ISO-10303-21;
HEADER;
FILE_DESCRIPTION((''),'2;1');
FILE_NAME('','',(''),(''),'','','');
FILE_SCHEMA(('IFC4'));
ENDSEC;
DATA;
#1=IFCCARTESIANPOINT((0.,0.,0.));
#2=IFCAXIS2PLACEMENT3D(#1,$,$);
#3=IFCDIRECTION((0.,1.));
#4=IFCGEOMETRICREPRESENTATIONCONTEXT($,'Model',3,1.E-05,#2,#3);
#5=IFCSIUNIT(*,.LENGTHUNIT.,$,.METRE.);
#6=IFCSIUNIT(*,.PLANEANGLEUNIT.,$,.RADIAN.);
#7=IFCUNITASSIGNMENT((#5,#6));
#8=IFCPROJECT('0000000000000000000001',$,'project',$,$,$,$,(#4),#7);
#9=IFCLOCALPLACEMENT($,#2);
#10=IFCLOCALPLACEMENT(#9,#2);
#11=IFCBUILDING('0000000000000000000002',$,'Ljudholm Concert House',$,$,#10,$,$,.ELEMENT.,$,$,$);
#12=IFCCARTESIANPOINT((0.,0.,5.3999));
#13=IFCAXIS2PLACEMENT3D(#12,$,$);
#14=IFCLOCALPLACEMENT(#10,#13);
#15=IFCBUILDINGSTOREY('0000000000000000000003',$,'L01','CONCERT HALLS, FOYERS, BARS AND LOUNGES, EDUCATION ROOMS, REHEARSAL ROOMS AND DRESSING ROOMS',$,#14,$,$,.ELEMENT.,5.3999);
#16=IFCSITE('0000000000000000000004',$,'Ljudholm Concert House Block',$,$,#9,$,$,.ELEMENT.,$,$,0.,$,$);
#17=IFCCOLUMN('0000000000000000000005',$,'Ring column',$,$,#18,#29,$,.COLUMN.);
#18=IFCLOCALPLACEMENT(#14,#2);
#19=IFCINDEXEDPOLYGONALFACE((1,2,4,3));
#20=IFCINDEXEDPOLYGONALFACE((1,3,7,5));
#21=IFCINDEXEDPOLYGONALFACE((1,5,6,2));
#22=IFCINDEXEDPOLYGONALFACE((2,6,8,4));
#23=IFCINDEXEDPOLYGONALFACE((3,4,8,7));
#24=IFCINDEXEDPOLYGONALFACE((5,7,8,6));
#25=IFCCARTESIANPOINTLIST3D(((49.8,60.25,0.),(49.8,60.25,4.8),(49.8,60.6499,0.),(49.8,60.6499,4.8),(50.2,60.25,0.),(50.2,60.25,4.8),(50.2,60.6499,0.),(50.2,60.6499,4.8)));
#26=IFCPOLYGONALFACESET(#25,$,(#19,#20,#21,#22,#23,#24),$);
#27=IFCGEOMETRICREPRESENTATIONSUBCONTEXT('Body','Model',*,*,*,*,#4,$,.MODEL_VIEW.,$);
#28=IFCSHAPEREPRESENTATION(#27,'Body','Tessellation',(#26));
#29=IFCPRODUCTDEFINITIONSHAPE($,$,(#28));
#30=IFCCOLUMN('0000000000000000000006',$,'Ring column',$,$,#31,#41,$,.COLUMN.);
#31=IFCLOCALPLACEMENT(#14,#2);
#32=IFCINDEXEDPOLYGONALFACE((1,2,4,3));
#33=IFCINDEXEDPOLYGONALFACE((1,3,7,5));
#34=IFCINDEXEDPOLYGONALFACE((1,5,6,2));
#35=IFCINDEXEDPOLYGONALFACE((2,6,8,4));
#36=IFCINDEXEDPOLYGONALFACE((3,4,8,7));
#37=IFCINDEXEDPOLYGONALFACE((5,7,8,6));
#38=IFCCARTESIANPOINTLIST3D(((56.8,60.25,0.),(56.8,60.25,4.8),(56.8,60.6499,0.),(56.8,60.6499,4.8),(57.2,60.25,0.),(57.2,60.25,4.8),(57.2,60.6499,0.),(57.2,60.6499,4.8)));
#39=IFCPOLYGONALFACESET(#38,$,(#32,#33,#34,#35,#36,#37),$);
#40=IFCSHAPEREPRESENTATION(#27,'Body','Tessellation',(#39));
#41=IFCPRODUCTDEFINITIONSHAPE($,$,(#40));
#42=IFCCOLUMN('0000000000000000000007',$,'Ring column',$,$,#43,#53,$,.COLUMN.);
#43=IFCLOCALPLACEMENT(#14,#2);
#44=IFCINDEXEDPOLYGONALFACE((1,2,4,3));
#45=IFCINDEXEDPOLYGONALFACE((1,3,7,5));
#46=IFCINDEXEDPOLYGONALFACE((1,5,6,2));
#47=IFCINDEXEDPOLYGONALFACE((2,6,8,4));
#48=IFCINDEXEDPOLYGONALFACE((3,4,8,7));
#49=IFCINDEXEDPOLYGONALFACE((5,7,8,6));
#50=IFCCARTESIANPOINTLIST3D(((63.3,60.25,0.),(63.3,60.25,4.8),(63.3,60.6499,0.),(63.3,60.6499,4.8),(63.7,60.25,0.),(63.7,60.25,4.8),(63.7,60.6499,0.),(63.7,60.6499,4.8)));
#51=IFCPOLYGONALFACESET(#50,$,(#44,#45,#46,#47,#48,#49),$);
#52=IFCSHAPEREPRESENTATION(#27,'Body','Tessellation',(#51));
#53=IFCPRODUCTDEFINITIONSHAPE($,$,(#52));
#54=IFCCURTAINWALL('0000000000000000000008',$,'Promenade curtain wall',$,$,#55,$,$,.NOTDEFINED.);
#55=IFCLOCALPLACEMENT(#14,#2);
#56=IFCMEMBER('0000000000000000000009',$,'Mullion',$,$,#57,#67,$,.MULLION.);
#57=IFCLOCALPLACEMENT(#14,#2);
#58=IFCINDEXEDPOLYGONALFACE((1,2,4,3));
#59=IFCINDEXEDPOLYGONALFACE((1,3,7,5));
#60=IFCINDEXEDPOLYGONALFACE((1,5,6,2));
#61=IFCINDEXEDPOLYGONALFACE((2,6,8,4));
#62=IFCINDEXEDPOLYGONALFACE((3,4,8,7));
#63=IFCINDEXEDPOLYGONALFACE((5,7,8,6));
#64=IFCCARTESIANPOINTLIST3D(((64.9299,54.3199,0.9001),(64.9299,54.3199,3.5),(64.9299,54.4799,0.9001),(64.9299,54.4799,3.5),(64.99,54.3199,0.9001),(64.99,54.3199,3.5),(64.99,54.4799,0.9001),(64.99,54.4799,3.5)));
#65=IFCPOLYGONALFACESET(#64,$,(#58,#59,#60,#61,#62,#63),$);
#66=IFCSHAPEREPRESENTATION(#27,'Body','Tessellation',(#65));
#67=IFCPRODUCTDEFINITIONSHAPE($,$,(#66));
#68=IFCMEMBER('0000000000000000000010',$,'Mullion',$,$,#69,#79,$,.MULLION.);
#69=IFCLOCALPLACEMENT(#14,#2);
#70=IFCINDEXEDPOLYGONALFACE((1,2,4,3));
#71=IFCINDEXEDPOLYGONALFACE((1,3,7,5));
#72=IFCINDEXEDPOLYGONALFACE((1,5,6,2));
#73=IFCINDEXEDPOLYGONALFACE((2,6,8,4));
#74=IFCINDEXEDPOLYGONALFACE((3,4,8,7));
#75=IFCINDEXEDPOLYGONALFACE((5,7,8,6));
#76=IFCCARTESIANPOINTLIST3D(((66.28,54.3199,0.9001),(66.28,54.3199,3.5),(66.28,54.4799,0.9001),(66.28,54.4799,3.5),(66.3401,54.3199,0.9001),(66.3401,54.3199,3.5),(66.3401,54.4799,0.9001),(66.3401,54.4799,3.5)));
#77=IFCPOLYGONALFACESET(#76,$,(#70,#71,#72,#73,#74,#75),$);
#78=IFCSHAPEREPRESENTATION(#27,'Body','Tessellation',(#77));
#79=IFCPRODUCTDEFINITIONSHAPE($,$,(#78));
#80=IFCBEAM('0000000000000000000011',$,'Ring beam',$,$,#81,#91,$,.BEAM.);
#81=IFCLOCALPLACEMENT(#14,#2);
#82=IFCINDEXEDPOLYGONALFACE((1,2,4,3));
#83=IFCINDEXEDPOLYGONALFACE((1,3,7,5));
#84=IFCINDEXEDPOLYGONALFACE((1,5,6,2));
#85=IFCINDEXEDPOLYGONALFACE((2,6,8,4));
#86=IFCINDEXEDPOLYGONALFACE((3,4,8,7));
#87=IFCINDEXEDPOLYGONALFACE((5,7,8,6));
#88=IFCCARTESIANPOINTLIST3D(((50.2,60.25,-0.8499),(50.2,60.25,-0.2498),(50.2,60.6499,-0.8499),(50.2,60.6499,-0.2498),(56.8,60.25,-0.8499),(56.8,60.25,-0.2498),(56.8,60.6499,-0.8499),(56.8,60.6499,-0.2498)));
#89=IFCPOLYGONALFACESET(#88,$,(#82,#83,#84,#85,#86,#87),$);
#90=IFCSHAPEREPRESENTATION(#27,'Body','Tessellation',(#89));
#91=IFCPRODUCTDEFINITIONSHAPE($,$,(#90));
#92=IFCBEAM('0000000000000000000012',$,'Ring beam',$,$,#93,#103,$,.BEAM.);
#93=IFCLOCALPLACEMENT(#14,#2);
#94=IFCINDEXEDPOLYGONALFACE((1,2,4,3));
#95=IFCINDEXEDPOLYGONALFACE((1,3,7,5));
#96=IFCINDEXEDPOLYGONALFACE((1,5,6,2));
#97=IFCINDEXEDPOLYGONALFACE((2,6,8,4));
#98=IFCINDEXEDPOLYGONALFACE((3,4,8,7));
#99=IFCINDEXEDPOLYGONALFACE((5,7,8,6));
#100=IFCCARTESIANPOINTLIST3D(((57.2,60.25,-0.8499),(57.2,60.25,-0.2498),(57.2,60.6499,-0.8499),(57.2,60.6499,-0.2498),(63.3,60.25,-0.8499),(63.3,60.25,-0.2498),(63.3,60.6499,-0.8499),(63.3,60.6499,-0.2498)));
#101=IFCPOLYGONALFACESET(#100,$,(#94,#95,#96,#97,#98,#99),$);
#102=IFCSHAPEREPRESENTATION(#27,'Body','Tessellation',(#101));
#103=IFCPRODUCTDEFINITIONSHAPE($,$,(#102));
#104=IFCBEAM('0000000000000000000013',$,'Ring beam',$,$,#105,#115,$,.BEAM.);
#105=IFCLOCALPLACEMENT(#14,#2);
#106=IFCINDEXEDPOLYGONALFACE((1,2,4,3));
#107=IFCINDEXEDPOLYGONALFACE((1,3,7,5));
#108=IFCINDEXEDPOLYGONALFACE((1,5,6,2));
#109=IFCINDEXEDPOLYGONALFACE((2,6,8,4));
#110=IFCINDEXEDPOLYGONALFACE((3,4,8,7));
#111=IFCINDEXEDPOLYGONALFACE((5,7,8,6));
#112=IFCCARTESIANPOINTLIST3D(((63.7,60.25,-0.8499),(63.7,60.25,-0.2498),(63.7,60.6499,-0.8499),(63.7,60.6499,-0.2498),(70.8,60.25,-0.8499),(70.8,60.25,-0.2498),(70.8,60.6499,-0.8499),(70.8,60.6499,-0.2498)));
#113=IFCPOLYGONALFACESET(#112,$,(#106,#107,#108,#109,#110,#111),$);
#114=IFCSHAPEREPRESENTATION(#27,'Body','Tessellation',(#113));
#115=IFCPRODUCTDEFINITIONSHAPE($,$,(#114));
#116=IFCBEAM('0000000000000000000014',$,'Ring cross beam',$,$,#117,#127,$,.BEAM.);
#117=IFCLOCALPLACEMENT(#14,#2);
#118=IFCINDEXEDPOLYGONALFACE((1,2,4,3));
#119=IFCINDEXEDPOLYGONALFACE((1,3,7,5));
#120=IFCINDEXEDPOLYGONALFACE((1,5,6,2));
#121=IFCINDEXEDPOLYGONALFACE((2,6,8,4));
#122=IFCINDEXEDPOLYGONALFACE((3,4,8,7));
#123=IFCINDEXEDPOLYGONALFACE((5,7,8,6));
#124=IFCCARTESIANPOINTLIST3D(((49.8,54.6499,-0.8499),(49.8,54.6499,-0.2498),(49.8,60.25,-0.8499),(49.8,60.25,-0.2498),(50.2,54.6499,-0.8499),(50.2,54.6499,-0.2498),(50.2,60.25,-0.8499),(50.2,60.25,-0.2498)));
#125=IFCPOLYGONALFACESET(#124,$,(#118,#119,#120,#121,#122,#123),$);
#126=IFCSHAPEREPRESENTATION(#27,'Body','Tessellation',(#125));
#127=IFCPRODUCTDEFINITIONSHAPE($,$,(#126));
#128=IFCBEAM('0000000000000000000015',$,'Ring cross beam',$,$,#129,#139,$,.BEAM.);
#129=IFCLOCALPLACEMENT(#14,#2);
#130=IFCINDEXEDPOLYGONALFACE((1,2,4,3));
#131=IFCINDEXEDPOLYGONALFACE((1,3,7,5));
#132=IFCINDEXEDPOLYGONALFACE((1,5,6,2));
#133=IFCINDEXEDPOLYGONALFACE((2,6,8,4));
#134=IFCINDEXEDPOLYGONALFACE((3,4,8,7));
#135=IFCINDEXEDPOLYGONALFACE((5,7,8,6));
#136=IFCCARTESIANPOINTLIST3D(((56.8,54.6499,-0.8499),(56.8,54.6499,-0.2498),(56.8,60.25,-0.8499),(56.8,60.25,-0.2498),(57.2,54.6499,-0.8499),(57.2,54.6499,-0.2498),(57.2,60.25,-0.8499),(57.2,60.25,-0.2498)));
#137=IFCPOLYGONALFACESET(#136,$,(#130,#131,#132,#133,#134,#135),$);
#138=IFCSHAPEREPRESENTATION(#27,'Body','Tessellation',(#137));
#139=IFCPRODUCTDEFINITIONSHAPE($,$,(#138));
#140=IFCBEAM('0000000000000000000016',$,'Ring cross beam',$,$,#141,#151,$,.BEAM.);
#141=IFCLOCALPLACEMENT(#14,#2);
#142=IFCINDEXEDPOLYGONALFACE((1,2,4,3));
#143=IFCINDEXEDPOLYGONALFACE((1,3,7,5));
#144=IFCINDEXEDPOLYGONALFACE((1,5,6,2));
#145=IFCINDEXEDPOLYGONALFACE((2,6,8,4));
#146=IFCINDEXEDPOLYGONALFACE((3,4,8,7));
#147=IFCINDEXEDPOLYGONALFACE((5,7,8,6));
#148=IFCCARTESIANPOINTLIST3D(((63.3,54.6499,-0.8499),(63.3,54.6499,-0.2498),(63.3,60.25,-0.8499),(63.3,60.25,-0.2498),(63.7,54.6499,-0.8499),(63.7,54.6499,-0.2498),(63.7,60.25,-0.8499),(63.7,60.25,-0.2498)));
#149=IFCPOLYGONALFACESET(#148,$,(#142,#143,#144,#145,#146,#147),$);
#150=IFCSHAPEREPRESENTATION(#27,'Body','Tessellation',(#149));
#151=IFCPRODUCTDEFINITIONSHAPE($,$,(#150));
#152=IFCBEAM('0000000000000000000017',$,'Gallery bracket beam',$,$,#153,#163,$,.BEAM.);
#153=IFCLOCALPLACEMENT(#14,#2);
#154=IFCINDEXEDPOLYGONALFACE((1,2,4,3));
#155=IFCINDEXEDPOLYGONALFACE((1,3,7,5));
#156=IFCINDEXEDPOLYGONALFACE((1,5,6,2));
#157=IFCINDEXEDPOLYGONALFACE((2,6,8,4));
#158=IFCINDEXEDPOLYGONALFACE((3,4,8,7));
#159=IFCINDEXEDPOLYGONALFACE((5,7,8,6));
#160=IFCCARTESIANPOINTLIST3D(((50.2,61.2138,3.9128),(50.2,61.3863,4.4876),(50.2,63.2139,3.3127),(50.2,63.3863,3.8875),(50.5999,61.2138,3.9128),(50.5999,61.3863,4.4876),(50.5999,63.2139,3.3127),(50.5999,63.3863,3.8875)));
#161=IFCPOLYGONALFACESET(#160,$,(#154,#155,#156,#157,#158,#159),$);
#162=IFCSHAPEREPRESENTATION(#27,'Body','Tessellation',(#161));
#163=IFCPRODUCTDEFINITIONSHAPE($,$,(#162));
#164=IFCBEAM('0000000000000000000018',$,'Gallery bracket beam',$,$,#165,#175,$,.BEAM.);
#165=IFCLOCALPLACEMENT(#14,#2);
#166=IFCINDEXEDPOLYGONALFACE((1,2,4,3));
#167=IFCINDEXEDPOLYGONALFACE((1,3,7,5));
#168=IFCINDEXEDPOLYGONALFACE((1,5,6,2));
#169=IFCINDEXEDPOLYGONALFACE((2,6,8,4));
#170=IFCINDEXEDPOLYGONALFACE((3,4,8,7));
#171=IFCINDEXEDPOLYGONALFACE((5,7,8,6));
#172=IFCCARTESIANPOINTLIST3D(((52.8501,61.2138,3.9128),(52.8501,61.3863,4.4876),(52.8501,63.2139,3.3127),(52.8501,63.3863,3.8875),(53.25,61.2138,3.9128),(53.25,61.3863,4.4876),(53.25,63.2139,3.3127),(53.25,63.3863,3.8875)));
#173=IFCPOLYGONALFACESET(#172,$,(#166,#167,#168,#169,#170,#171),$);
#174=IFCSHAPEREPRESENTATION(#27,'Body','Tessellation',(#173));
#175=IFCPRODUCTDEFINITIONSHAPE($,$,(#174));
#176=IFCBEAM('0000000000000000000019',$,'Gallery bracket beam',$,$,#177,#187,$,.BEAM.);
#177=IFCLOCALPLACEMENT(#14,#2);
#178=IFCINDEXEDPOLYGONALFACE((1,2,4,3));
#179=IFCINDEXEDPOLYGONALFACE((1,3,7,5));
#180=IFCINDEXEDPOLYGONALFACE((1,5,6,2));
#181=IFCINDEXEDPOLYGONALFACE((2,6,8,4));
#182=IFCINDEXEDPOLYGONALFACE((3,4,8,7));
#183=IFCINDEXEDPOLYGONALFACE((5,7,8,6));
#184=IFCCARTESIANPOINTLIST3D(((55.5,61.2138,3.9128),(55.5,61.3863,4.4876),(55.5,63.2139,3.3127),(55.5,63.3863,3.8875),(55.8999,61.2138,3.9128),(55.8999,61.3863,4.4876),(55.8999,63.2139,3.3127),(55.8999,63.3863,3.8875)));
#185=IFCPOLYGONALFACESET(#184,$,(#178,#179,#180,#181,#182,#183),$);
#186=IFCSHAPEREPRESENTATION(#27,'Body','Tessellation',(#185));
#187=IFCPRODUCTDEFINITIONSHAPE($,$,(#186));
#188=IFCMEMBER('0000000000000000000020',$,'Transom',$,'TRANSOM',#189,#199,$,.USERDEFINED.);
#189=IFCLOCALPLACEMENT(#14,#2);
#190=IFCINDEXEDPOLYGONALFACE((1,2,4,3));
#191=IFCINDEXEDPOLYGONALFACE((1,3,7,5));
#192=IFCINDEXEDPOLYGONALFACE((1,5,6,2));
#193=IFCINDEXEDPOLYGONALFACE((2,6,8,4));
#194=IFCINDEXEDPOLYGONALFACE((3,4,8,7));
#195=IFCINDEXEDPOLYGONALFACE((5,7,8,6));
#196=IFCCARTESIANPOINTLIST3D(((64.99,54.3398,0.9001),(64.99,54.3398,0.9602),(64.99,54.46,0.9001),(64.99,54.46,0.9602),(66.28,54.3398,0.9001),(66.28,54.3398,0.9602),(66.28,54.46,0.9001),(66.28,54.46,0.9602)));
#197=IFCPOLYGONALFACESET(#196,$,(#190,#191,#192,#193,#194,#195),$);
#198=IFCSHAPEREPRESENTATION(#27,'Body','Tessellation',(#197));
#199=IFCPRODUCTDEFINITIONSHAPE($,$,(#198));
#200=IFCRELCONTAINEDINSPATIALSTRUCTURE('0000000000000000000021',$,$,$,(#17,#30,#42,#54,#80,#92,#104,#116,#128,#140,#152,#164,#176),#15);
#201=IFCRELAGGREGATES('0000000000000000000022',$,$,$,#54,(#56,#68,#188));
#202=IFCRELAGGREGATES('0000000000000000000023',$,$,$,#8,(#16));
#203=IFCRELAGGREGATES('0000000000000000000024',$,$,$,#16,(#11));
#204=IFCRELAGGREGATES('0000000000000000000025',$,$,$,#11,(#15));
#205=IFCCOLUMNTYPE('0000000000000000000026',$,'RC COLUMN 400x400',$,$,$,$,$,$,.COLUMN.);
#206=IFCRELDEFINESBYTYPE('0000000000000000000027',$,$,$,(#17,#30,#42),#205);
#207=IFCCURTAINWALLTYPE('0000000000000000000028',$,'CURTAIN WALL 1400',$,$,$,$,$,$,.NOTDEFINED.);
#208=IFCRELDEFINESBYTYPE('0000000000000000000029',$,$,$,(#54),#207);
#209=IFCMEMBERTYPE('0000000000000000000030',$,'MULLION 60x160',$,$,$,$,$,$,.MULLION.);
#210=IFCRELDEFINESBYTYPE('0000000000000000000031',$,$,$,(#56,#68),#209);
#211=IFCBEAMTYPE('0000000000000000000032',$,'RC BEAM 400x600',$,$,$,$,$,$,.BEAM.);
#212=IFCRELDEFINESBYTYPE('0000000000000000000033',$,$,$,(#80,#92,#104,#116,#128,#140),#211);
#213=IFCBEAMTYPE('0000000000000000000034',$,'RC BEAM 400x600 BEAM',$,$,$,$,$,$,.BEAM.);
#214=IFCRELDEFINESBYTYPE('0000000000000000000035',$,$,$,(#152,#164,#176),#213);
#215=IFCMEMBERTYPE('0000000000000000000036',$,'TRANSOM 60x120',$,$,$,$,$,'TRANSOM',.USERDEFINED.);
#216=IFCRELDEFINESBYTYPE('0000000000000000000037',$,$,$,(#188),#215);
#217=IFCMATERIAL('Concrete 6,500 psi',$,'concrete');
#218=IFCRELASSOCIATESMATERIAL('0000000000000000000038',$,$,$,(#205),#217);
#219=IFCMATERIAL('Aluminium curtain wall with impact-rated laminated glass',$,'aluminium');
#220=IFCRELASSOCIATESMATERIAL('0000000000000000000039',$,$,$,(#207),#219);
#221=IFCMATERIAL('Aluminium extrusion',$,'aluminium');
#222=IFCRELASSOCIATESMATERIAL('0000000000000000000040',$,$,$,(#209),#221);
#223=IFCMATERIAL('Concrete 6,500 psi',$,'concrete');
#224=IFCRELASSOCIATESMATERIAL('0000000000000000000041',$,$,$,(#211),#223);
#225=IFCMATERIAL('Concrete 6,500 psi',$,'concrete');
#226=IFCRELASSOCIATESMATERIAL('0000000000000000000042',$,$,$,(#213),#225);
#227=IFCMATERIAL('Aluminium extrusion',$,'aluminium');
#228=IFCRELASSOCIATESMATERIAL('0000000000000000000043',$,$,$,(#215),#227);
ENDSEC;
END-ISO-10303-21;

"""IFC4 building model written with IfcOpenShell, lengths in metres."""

from ifc_helpers import new_model, si_unit, direction, frame, origin, origin_2d, place, context, subcontext, project, spatial, rectangle, extrude, material, material_profile, profile_set, type_object, element, aggregate, save


model = new_model("IFC4")

# Units and contexts
model_context = context("Model", 3, precision=1e-05, world=origin(), true_north=direction((0.0, 1.0)))
body_context = subcontext(model_context, "Body", "Model", "MODEL_VIEW")
ifc_project = project(units=[si_unit("LENGTHUNIT", "METRE"), si_unit("PLANEANGLEUNIT", "RADIAN")], contexts=[model_context])

# Site, building, storey
site_placement = place(None, origin())
site = spatial("IfcSite", under=ifc_project, at=site_placement, Name="Ljudholm Concert House Block", CompositionType="ELEMENT", RefElevation=0.0)
building_placement = place(site_placement, origin())
building = spatial("IfcBuilding", under=site, at=building_placement, Name="Ljudholm Concert House", CompositionType="ELEMENT")
storey_placement = place(building_placement, frame((0.0, 0.0, 5.3999)))
storey = spatial("IfcBuildingStorey", under=building, at=storey_placement, Name="L01", Description="CONCERT HALLS, FOYERS, BARS AND LOUNGES, EDUCATION ROOMS, REHEARSAL ROOMS AND DRESSING ROOMS", CompositionType="ELEMENT", Elevation=5.3999)

# Columns
ifc_material_1 = material(Name="Concrete 6,500 psi", Category="concrete")
ifc_material_profile_1 = material_profile(ifc_material_1, rectangle(XDim=0.3999, YDim=0.3999, at=origin_2d()), Name="RC COLUMN 400x400")
ifc_profile_set_1 = profile_set([ifc_material_profile_1], Name="Concrete 6,500 psi")
column_type = type_object("IfcColumnType", Name="RC COLUMN 400x400", PredefinedType="COLUMN", material=ifc_profile_set_1)
for number, where, z_axis, x_axis, name in (
    (1, (50.0, 60.45, 0.0), (0.0, 0.0, 1.0), (1.0, 0.0, 0.0), "Ring column"),
    (2, (57.0, 60.45, 0.0), (0.0, 0.0, 1.0), (1.0, 0.0, 0.0), "Ring column"),
    (3, (63.5, 60.45, 0.0), (0.0, 0.0, 1.0), (1.0, 0.0, 0.0), "Ring column"),
):
    element("IfcColumn", number, at=place(storey_placement, frame(where, z_axis=z_axis, x_axis=x_axis)), inside=storey, type_object=column_type, Name=name, PredefinedType="COLUMN", context=body_context, shape_type="SweptSolid", body=[
        extrude(rectangle(XDim=0.3999, YDim=0.3999, at=origin_2d()), origin(), (0.0, 0.0, 1.0), 4.8),
    ])

# Curtain wall, members
ifc_material_2 = material(Name="Aluminium curtain wall with impact-rated laminated glass", Category="aluminium")
curtain_wall_type = type_object("IfcCurtainWallType", Name="CURTAIN WALL 1400", PredefinedType="NOTDEFINED", material=ifc_material_2)
curtain_wall_placement = place(storey_placement, origin())
curtain_wall = element("IfcCurtainWall", 4, at=curtain_wall_placement, inside=storey, type_object=curtain_wall_type, Name="Promenade curtain wall", PredefinedType="NOTDEFINED")
ifc_material_3 = material(Name="Aluminium extrusion", Category="aluminium")
ifc_material_profile_2 = material_profile(ifc_material_3, rectangle(XDim=0.1599, YDim=0.0601, at=origin_2d()), Name="MULLION 60x160")
ifc_profile_set_2 = profile_set([ifc_material_profile_2], Name="Aluminium extrusion")
member_type_1 = type_object("IfcMemberType", Name="MULLION 60x160", PredefinedType="MULLION", material=ifc_profile_set_2)
member_1_placement = place(storey_placement, frame((64.96, 54.3999, 0.9001), z_axis=(0.0, 0.0, 1.0), x_axis=(0.0, 1.0, 0.0)))
member_1 = element("IfcMember", 5, at=member_1_placement, type_object=member_type_1, Name="Mullion", PredefinedType="MULLION", context=body_context, shape_type="SweptSolid", body=[
    extrude(rectangle(XDim=0.1599, YDim=0.0601, at=origin_2d()), origin(), (0.0, 0.0, 1.0), 2.5999),
])
member_2_placement = place(storey_placement, frame((66.3101, 54.3999, 0.9001), z_axis=(0.0, 0.0, 1.0), x_axis=(0.0, 1.0, 0.0)))
member_2 = element("IfcMember", 6, at=member_2_placement, type_object=member_type_1, Name="Mullion", PredefinedType="MULLION", context=body_context, shape_type="SweptSolid", body=[
    extrude(rectangle(XDim=0.1599, YDim=0.0601, at=origin_2d()), origin(), (0.0, 0.0, 1.0), 2.5999),
])

# Beams
ifc_material_4 = material(Name="Concrete 6,500 psi", Category="concrete")
ifc_material_profile_3 = material_profile(ifc_material_4, rectangle(XDim=0.3999, YDim=0.6001, at=origin_2d()), Name="RC BEAM 400x600")
ifc_profile_set_3 = profile_set([ifc_material_profile_3], Name="Concrete 6,500 psi")
beam_type_1 = type_object("IfcBeamType", Name="RC BEAM 400x600", PredefinedType="BEAM", material=ifc_profile_set_3)
beam_1_placement = place(storey_placement, frame((50.2, 60.45, -0.5498), z_axis=(1.0, 0.0, 0.0), x_axis=(0.0, 1.0, 0.0)))
element("IfcBeam", 7, at=beam_1_placement, inside=storey, type_object=beam_type_1, Name="Ring beam", PredefinedType="BEAM", context=body_context, shape_type="SweptSolid", body=[
    extrude(rectangle(XDim=0.3999, YDim=0.6001, at=origin_2d()), origin(), (0.0, 0.0, 1.0), 6.6001),
])
beam_2_placement = place(storey_placement, frame((57.2, 60.45, -0.5498), z_axis=(1.0, 0.0, 0.0), x_axis=(0.0, 1.0, 0.0)))
element("IfcBeam", 8, at=beam_2_placement, inside=storey, type_object=beam_type_1, Name="Ring beam", PredefinedType="BEAM", context=body_context, shape_type="SweptSolid", body=[
    extrude(rectangle(XDim=0.3999, YDim=0.6001, at=origin_2d()), origin(), (0.0, 0.0, 1.0), 6.1001),
])
beam_3_placement = place(storey_placement, frame((63.7, 60.45, -0.5498), z_axis=(1.0, 0.0, 0.0), x_axis=(0.0, 1.0, 0.0)))
element("IfcBeam", 9, at=beam_3_placement, inside=storey, type_object=beam_type_1, Name="Ring beam", PredefinedType="BEAM", context=body_context, shape_type="SweptSolid", body=[
    extrude(rectangle(XDim=0.3999, YDim=0.6001, at=origin_2d()), origin(), (0.0, 0.0, 1.0), 7.1001),
])
for number, where, z_axis, x_axis, name in (
    (10, (50.0, 60.25, -0.5498), (0.0, -1.0, 0.0), (1.0, 0.0, 0.0), "Ring cross beam"),
    (11, (57.0, 60.25, -0.5498), (0.0, -1.0, 0.0), (1.0, 0.0, 0.0), "Ring cross beam"),
    (12, (63.5, 60.25, -0.5498), (0.0, -1.0, 0.0), (1.0, 0.0, 0.0), "Ring cross beam"),
):
    element("IfcBeam", number, at=place(storey_placement, frame(where, z_axis=z_axis, x_axis=x_axis)), inside=storey, type_object=beam_type_1, Name=name, PredefinedType="BEAM", context=body_context, shape_type="SweptSolid", body=[
        extrude(rectangle(XDim=0.3999, YDim=0.6001, at=origin_2d()), origin(), (0.0, 0.0, 1.0), 5.6001),
    ])
ifc_material_5 = material(Name="Concrete 6,500 psi", Category="concrete")
ifc_material_profile_4 = material_profile(ifc_material_5, rectangle(XDim=0.3999, YDim=0.6001, at=origin_2d()), Name="RC BEAM 400x600 BEAM")
ifc_profile_set_4 = profile_set([ifc_material_profile_4], Name="Concrete 6,500 psi")
beam_type_2 = type_object("IfcBeamType", Name="RC BEAM 400x600 BEAM", PredefinedType="BEAM", material=ifc_profile_set_4)
for number, where, z_axis, x_axis, name in (
    (13, (50.3999, 61.3, 4.2002), (0.0, 0.957813, -0.287391), (-1.0, 0.0, 0.0), "Gallery bracket beam"),
    (14, (53.05, 61.3, 4.2002), (0.0, 0.957813, -0.287391), (-1.0, 0.0, 0.0), "Gallery bracket beam"),
    (15, (55.7, 61.3, 4.2002), (0.0, 0.957813, -0.287391), (-1.0, 0.0, 0.0), "Gallery bracket beam"),
):
    element("IfcBeam", number, at=place(storey_placement, frame(where, z_axis=z_axis, x_axis=x_axis)), inside=storey, type_object=beam_type_2, Name=name, PredefinedType="BEAM", context=body_context, shape_type="SweptSolid", body=[
        extrude(rectangle(XDim=0.3999, YDim=0.6001, at=origin_2d()), origin(), (0.0, 0.0, 1.0), 2.0881),
    ])

# Member
ifc_material_6 = material(Name="Aluminium extrusion", Category="aluminium")
ifc_material_profile_5 = material_profile(ifc_material_6, rectangle(XDim=0.1201, YDim=0.0601, at=origin_2d()), Name="TRANSOM 60x120")
ifc_profile_set_5 = profile_set([ifc_material_profile_5], Name="Aluminium extrusion")
member_type_2 = type_object("IfcMemberType", Name="TRANSOM 60x120", ElementType="TRANSOM", PredefinedType="USERDEFINED", material=ifc_profile_set_5)
member_3_placement = place(storey_placement, frame((64.99, 54.3999, 0.9302), z_axis=(1.0, 0.0, 0.0), x_axis=(0.0, 1.0, 0.0)))
member_3 = element("IfcMember", 16, at=member_3_placement, type_object=member_type_2, Name="Transom", ObjectType="TRANSOM", PredefinedType="USERDEFINED", context=body_context, shape_type="SweptSolid", body=[
    extrude(rectangle(XDim=0.1201, YDim=0.0601, at=origin_2d()), origin(), (0.0, 0.0, 1.0), 1.29),
])

aggregate(curtain_wall, [member_1, member_2, member_3])

save(model, "model.ifc")
